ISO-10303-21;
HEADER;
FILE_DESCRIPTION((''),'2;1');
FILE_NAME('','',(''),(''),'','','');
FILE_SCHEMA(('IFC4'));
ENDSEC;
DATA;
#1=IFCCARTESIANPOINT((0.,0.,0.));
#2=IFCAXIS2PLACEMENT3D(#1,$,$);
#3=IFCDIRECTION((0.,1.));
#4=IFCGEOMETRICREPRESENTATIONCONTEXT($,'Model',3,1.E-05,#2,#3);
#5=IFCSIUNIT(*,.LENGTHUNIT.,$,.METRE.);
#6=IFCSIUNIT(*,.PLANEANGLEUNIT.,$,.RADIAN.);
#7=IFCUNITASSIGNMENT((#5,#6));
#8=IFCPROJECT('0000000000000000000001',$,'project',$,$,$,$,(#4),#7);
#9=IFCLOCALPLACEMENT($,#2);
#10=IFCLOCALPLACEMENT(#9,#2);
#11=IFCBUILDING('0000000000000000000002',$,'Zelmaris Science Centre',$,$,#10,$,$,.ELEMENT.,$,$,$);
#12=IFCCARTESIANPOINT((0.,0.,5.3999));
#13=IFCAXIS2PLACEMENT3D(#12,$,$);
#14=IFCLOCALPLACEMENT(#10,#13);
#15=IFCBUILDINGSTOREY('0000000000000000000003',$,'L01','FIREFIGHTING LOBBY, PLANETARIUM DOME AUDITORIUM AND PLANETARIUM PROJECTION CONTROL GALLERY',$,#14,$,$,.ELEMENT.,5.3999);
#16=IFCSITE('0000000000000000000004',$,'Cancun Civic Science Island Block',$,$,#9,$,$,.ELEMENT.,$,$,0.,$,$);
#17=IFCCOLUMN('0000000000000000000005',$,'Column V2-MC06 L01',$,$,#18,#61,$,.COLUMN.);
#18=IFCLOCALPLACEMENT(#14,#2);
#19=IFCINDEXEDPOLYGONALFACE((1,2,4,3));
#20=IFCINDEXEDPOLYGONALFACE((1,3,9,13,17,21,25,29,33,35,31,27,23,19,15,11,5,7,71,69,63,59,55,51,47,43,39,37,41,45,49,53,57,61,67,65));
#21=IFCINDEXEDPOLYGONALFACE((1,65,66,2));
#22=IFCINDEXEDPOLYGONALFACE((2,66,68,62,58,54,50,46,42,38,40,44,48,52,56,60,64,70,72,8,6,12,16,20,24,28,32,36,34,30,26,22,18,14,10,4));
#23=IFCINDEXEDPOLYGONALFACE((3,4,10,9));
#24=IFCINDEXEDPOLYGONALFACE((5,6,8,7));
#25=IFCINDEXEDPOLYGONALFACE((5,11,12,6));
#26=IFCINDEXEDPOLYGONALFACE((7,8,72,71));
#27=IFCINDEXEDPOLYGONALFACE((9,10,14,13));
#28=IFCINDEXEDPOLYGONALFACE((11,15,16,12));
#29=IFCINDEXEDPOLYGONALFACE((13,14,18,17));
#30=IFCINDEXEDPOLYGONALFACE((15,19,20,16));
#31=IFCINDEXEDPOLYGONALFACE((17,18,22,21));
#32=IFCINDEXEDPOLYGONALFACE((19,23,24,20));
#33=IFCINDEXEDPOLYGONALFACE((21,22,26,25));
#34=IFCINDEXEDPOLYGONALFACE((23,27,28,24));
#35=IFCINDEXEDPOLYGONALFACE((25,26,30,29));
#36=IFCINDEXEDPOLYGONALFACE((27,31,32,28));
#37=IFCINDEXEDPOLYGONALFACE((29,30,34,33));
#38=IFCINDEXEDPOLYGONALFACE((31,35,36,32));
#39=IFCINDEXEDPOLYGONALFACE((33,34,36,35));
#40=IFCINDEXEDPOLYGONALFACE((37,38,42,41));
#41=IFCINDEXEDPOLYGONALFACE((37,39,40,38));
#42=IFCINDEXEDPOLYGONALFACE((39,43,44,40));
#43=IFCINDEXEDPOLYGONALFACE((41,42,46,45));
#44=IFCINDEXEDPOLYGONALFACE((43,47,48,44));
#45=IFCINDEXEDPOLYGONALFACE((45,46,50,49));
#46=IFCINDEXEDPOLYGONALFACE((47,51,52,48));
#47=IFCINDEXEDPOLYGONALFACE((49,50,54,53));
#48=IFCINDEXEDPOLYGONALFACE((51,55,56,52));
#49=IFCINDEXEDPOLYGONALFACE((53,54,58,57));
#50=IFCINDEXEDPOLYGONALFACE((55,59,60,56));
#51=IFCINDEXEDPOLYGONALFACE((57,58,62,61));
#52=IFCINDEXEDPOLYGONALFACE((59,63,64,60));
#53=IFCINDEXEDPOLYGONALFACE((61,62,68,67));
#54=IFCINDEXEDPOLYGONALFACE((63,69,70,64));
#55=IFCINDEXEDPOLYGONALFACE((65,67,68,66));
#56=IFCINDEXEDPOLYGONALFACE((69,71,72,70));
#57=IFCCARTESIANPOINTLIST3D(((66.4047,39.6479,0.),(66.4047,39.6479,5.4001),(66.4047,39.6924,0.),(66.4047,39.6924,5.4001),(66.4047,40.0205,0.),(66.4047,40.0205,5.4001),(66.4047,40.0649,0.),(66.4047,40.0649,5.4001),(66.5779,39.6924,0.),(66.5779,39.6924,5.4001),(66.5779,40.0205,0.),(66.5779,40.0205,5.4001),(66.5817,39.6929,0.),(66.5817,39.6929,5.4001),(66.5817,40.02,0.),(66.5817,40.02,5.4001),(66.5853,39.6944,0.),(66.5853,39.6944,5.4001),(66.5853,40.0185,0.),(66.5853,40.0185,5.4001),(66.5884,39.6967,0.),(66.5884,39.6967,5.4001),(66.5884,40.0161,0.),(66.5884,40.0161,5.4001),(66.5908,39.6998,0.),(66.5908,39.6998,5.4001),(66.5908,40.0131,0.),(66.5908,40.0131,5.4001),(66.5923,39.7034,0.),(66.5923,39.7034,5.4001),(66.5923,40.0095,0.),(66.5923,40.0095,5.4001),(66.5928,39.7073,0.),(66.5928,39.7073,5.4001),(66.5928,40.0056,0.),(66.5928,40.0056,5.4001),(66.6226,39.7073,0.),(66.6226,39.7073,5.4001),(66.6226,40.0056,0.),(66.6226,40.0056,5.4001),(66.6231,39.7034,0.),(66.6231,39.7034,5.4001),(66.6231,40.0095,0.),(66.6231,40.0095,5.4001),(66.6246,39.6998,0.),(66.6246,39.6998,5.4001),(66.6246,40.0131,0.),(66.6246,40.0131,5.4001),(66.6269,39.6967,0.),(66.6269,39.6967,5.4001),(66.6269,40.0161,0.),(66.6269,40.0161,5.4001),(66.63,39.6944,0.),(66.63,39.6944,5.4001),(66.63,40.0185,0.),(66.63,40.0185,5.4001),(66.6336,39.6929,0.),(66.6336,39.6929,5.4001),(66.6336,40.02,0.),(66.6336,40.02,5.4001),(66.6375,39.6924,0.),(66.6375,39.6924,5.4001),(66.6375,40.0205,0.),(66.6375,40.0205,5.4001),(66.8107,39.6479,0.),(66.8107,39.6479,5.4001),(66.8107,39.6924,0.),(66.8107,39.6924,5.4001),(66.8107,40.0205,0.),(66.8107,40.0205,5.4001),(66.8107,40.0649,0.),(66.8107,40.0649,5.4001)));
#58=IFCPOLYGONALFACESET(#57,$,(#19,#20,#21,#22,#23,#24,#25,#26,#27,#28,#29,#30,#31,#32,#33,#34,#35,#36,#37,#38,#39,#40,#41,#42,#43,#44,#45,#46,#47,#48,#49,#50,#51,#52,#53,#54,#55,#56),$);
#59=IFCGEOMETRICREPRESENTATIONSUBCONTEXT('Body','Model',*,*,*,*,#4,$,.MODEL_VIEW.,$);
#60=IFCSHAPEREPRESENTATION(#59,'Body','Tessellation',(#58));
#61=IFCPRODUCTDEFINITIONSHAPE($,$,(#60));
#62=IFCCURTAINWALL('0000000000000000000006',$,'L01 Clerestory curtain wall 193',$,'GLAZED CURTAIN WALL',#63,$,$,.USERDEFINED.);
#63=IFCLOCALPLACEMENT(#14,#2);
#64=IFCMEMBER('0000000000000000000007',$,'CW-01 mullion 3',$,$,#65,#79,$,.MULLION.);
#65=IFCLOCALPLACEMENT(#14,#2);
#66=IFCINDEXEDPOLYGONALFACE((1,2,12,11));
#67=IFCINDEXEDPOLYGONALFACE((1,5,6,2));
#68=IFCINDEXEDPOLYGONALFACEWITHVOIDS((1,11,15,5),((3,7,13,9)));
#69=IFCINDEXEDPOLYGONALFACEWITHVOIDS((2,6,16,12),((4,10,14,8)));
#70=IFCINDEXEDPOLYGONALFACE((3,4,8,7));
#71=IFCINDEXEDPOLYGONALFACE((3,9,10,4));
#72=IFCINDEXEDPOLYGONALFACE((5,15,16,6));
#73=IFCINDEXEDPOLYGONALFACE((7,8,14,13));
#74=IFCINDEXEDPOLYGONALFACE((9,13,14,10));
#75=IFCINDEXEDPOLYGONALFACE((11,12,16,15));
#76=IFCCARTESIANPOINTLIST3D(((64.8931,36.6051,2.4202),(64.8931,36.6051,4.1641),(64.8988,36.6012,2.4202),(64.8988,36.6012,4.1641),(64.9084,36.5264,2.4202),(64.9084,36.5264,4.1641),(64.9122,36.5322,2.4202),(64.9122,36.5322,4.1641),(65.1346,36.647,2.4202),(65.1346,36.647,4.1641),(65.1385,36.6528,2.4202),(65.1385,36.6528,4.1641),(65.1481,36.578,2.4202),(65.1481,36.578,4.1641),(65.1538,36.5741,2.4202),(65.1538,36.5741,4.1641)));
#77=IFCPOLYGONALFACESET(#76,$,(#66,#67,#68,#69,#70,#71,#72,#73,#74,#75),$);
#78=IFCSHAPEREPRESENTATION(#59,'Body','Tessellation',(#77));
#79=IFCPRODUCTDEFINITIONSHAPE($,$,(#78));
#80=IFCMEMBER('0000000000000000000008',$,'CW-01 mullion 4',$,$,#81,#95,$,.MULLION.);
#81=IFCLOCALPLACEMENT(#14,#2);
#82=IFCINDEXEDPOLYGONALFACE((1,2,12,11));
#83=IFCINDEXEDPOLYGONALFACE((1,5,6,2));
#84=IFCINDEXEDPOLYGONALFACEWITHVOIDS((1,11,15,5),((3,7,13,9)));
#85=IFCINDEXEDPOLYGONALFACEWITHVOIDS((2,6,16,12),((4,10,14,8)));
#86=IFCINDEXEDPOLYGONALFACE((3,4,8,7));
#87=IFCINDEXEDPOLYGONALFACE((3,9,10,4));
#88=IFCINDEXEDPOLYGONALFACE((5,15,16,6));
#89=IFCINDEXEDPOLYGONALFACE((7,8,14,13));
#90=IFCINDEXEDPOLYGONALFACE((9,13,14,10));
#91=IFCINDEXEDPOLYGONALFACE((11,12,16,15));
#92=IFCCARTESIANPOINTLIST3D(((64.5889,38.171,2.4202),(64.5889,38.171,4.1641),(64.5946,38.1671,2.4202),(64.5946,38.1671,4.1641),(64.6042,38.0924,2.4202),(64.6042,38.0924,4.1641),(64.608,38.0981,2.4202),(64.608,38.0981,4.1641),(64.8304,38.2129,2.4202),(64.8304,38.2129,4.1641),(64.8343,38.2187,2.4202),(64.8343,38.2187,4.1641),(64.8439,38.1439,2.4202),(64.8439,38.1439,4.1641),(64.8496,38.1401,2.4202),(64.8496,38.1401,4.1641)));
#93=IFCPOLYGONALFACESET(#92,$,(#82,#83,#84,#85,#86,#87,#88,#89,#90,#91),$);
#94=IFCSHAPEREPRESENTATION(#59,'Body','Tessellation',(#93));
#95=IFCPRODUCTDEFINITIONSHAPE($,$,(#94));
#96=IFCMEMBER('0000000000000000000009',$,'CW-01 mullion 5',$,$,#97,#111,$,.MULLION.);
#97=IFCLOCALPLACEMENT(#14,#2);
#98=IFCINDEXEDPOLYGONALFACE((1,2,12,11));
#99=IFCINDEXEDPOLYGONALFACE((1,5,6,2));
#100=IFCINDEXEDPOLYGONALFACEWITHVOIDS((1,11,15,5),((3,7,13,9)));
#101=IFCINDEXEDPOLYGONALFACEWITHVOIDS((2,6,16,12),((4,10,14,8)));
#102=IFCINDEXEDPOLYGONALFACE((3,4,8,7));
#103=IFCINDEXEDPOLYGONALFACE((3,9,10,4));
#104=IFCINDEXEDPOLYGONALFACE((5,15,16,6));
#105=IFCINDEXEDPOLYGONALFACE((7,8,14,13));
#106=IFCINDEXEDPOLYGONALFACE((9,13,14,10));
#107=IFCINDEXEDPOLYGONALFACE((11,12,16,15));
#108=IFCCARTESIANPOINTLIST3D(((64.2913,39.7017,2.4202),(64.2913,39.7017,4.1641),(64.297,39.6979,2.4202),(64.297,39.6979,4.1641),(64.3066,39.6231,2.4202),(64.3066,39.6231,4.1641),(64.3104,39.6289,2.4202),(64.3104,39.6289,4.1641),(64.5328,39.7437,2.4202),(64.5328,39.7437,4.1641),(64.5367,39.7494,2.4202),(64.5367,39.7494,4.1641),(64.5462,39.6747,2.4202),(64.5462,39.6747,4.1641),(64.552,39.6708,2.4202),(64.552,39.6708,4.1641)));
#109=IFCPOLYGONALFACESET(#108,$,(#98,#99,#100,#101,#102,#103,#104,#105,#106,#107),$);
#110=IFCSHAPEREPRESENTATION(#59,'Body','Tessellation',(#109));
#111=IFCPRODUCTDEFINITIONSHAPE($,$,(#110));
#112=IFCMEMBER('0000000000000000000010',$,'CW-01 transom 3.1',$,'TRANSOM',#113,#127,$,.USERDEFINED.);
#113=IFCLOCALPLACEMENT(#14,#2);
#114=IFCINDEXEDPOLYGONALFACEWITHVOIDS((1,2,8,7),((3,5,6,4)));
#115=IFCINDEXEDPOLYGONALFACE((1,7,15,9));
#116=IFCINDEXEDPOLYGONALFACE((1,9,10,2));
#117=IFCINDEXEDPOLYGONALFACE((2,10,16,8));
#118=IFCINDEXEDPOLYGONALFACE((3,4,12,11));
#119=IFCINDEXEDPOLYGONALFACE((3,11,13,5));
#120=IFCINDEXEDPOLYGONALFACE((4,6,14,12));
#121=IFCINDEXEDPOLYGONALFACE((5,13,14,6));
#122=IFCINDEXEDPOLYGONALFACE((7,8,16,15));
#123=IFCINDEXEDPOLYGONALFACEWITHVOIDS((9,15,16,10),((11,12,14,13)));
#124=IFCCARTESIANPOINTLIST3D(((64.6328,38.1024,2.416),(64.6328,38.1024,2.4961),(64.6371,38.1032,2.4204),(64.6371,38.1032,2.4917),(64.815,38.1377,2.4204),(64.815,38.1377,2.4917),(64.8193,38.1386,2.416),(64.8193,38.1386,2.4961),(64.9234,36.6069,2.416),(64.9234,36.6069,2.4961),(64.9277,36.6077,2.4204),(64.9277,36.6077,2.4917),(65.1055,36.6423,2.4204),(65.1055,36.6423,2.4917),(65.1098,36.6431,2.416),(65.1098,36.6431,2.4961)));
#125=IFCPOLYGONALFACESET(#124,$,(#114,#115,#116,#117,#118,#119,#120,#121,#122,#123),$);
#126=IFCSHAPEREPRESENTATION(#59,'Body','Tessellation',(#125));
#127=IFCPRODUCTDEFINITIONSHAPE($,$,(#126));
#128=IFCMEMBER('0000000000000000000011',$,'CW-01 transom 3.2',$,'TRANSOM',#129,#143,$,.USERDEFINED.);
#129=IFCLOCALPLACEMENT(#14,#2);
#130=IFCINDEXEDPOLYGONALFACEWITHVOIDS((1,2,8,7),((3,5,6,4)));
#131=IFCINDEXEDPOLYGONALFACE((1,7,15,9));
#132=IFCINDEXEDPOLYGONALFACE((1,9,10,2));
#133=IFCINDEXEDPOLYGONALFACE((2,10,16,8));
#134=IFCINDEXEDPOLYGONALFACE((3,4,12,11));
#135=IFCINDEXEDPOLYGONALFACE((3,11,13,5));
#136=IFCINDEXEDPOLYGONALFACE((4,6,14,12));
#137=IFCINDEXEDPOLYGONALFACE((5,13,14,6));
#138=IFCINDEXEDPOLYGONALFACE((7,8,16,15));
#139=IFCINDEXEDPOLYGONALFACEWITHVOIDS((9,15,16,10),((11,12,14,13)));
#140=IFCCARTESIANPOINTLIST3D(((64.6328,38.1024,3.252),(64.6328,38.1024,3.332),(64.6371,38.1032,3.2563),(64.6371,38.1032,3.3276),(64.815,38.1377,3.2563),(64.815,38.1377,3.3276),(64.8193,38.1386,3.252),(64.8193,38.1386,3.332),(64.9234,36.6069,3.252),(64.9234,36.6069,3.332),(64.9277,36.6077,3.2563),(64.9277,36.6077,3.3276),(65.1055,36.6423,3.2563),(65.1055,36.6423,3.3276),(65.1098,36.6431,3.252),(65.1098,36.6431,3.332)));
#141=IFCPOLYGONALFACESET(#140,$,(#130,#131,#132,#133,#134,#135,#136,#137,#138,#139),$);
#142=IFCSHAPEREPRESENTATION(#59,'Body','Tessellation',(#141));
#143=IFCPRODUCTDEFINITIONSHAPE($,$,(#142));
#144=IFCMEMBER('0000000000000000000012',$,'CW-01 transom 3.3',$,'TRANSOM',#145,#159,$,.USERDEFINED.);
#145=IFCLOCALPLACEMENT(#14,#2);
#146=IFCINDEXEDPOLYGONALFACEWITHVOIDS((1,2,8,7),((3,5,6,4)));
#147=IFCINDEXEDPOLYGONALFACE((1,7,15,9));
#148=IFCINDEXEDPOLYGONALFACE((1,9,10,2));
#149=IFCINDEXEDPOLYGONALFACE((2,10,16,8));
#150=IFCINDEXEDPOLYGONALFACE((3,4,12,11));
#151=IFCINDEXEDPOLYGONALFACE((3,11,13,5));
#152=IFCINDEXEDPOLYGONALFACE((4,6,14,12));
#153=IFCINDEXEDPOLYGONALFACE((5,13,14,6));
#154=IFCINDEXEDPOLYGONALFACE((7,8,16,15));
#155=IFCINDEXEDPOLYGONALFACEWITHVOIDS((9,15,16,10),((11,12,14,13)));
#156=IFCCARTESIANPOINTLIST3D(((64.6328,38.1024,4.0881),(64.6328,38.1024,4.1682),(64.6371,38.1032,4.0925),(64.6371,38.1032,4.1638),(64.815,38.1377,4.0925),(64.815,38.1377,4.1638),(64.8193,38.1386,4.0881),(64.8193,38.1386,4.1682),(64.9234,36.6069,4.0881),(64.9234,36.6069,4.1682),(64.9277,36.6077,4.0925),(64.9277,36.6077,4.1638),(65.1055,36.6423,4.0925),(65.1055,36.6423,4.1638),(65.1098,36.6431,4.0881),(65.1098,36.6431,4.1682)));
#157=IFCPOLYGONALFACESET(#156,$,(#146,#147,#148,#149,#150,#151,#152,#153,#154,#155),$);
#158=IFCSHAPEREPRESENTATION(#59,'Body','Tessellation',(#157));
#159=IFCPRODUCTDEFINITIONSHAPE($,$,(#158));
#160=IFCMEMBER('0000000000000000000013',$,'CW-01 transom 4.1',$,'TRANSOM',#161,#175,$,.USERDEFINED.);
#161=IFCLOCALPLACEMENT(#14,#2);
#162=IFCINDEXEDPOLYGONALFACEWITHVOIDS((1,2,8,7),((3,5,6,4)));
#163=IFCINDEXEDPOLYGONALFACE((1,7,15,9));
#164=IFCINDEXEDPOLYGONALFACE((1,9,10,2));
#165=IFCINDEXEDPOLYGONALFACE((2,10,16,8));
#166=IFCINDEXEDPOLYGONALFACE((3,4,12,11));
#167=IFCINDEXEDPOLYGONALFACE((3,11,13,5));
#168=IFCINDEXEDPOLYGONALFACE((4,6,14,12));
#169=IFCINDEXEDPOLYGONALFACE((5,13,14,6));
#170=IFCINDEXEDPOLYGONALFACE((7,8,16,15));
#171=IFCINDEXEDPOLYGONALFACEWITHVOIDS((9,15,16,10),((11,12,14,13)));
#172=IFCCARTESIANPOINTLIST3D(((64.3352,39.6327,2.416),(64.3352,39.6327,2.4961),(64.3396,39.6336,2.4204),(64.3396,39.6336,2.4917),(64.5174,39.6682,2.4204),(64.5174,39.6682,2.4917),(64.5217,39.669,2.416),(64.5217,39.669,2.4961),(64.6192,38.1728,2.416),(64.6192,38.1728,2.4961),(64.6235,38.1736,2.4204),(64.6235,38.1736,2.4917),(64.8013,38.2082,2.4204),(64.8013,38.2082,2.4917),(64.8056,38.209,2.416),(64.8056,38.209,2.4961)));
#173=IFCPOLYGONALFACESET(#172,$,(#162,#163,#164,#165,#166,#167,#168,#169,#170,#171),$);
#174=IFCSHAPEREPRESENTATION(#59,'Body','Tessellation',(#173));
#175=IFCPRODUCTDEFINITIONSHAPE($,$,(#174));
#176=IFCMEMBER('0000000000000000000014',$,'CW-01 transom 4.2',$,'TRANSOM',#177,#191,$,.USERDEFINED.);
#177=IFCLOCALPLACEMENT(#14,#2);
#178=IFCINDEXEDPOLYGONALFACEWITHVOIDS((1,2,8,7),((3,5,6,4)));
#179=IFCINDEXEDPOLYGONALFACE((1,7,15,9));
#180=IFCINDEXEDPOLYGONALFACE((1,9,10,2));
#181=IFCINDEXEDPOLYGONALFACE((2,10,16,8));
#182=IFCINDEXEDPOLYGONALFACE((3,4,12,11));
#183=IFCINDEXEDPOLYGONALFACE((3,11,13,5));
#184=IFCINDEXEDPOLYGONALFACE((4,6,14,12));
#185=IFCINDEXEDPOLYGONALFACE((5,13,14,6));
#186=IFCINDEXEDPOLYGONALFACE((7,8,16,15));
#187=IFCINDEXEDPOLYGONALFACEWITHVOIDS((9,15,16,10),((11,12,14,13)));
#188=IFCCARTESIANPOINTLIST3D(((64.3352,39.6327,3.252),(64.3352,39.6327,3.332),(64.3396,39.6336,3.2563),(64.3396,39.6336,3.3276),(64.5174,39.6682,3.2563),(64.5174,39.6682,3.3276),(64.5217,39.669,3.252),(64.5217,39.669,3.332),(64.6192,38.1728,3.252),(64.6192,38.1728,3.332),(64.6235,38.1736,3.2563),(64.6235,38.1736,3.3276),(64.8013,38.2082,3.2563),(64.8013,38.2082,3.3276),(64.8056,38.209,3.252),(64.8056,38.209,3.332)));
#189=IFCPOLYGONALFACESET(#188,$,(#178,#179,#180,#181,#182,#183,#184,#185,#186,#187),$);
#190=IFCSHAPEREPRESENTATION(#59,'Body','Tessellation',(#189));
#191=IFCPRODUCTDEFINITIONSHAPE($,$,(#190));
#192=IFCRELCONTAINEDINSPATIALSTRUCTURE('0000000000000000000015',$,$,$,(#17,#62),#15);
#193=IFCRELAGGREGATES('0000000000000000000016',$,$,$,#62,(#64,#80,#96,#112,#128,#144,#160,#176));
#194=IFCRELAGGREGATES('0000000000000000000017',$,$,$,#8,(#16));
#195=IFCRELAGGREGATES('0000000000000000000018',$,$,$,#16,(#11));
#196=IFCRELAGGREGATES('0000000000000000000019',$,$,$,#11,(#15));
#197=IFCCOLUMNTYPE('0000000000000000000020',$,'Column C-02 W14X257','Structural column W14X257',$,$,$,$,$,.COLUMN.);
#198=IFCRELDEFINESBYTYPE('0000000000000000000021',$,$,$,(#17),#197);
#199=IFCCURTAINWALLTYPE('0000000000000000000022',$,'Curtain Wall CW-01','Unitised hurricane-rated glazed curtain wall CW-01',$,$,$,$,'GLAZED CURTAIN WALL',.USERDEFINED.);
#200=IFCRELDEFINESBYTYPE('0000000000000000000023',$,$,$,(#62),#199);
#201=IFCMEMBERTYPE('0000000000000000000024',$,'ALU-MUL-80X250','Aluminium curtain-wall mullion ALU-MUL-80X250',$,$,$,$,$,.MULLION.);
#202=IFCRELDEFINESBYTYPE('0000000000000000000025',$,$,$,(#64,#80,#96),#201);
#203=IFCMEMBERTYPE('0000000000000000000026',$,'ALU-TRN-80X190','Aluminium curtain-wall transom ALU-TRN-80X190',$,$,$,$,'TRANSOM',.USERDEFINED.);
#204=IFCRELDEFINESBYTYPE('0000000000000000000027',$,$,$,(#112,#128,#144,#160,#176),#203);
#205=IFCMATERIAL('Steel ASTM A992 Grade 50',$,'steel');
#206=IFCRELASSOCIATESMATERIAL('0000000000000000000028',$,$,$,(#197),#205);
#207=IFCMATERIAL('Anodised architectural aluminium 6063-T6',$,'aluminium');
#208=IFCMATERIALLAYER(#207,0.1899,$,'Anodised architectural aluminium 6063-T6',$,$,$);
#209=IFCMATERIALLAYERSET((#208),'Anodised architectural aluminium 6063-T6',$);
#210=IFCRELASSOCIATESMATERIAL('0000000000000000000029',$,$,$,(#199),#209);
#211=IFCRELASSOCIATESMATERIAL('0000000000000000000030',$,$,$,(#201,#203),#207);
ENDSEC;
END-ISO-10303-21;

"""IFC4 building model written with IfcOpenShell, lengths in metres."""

from ifc_helpers import new_model, si_unit, direction, frame, origin, origin_2d, place, context, subcontext, project, spatial, hollow_rectangle, i_section, extrude, material, layer, layer_set, material_profile, profile_set, type_object, element, aggregate, save


model = new_model("IFC4")

# Units and contexts
model_context = context("Model", 3, precision=1e-05, world=origin(), true_north=direction((0.0, 1.0)))
body_context = subcontext(model_context, "Body", "Model", "MODEL_VIEW")
ifc_project = project(units=[si_unit("LENGTHUNIT", "METRE"), si_unit("PLANEANGLEUNIT", "RADIAN")], contexts=[model_context])

# Site, building, storey
site_placement = place(None, origin())
site = spatial("IfcSite", under=ifc_project, at=site_placement, Name="Cancun Civic Science Island Block", CompositionType="ELEMENT", RefElevation=0.0)
building_placement = place(site_placement, origin())
building = spatial("IfcBuilding", under=site, at=building_placement, Name="Zelmaris Science Centre", CompositionType="ELEMENT")
storey_placement = place(building_placement, frame((0.0, 0.0, 5.3999)))
storey = spatial("IfcBuildingStorey", under=building, at=storey_placement, Name="L01", Description="FIREFIGHTING LOBBY, PLANETARIUM DOME AUDITORIUM AND PLANETARIUM PROJECTION CONTROL GALLERY", CompositionType="ELEMENT", Elevation=5.3999)

# Column
ifc_material_1 = material(Name="Steel ASTM A992 Grade 50", Category="steel")
ifc_material_profile_1 = material_profile(ifc_material_1, i_section(OverallWidth=0.406, OverallDepth=0.417, WebThickness=0.0298, FlangeThickness=0.0444, FilletRadius=0.0149, at=origin_2d()), Name="W14X257")
ifc_profile_set_1 = profile_set([ifc_material_profile_1], Name="Steel ASTM A992 Grade 50")
column_type = type_object("IfcColumnType", Name="Column C-02 W14X257", Description="Structural column W14X257", PredefinedType="COLUMN", material=ifc_profile_set_1)
column_placement = place(storey_placement, frame((66.6077, 39.8564, 0.0), z_axis=(0.0, 0.0, 1.0), x_axis=(1.0, 0.0, 0.0)))
element("IfcColumn", 1, at=column_placement, inside=storey, type_object=column_type, Name="Column V2-MC06 L01", PredefinedType="COLUMN", context=body_context, shape_type="SweptSolid", body=[
    extrude(i_section(OverallWidth=0.406, OverallDepth=0.417, WebThickness=0.0298, FlangeThickness=0.0444, FilletRadius=0.0149, at=origin_2d()), origin(), (0.0, 0.0, 1.0), 5.4001),
])

# Curtain wall, members
ifc_material_2 = material(Name="Anodised architectural aluminium 6063-T6", Category="aluminium")
ifc_layer_1 = layer(ifc_material_2, 0.1899, Name="Anodised architectural aluminium 6063-T6")
ifc_layer_set_1 = layer_set([ifc_layer_1], Name="Anodised architectural aluminium 6063-T6")
curtain_wall_type = type_object("IfcCurtainWallType", Name="Curtain Wall CW-01", Description="Unitised hurricane-rated glazed curtain wall CW-01", ElementType="GLAZED CURTAIN WALL", PredefinedType="USERDEFINED", material=ifc_layer_set_1)
curtain_wall_placement = place(storey_placement, origin())
curtain_wall = element("IfcCurtainWall", 2, at=curtain_wall_placement, inside=storey, type_object=curtain_wall_type, Name="L01 Clerestory curtain wall 193", ObjectType="GLAZED CURTAIN WALL", PredefinedType="USERDEFINED")
ifc_material_profile_2 = material_profile(ifc_material_2, hollow_rectangle(XDim=0.0801, YDim=0.25, WallThickness=0.0049, at=origin_2d()), Name="ALU-MUL-80X250")
ifc_profile_set_2 = profile_set([ifc_material_profile_2], Name="Anodised architectural aluminium 6063-T6")
member_type_1 = type_object("IfcMemberType", Name="ALU-MUL-80X250", Description="Aluminium curtain-wall mullion ALU-MUL-80X250", PredefinedType="MULLION", material=ifc_profile_set_2)
member_1_placement = place(storey_placement, frame((65.0234, 36.5896, 2.4202), z_axis=(0.0, 0.0, 1.0), x_axis=(-0.190802, 0.981629, 0.0)))
member_1 = element("IfcMember", 3, at=member_1_placement, type_object=member_type_1, Name="CW-01 mullion 3", PredefinedType="MULLION", context=body_context, shape_type="SweptSolid", body=[
    extrude(hollow_rectangle(XDim=0.0801, YDim=0.25, WallThickness=0.0049, at=origin_2d()), origin(), (0.0, 0.0, 1.0), 1.7439),
])
member_2_placement = place(storey_placement, frame((64.7192, 38.1555, 2.4202), z_axis=(0.0, 0.0, 1.0), x_axis=(-0.190802, 0.981629, 0.0)))
member_2 = element("IfcMember", 4, at=member_2_placement, type_object=member_type_1, Name="CW-01 mullion 4", PredefinedType="MULLION", context=body_context, shape_type="SweptSolid", body=[
    extrude(hollow_rectangle(XDim=0.0801, YDim=0.25, WallThickness=0.0049, at=origin_2d()), origin(), (0.0, 0.0, 1.0), 1.7439),
])
member_3_placement = place(storey_placement, frame((64.4216, 39.6863, 2.4202), z_axis=(0.0, 0.0, 1.0), x_axis=(-0.190802, 0.981629, 0.0)))
member_3 = element("IfcMember", 5, at=member_3_placement, type_object=member_type_1, Name="CW-01 mullion 5", PredefinedType="MULLION", context=body_context, shape_type="SweptSolid", body=[
    extrude(hollow_rectangle(XDim=0.0801, YDim=0.25, WallThickness=0.0049, at=origin_2d()), origin(), (0.0, 0.0, 1.0), 1.7439),
])
ifc_material_profile_3 = material_profile(ifc_material_2, hollow_rectangle(XDim=0.0801, YDim=0.1899, WallThickness=0.0044, at=origin_2d()), Name="ALU-TRN-80X190")
ifc_profile_set_3 = profile_set([ifc_material_profile_3], Name="Anodised architectural aluminium 6063-T6")
member_type_2 = type_object("IfcMemberType", Name="ALU-TRN-80X190", Description="Aluminium curtain-wall transom ALU-TRN-80X190", ElementType="TRANSOM", PredefinedType="USERDEFINED", material=ifc_profile_set_3)
member_4_placement = place(storey_placement, frame((65.0166, 36.625, 2.4561), z_axis=(-0.19072, 0.981645, 0.0), x_axis=(0.0, 0.0, 1.0)))
member_4 = element("IfcMember", 6, at=member_4_placement, type_object=member_type_2, Name="CW-01 transom 3.1", ObjectType="TRANSOM", PredefinedType="USERDEFINED", context=body_context, shape_type="SweptSolid", body=[
    extrude(hollow_rectangle(XDim=0.0801, YDim=0.1899, WallThickness=0.0044, at=origin_2d()), origin(), (0.0, 0.0, 1.0), 1.5234),
])
member_5_placement = place(storey_placement, frame((65.0166, 36.625, 3.292), z_axis=(-0.19072, 0.981645, 0.0), x_axis=(0.0, 0.0, 1.0)))
member_5 = element("IfcMember", 7, at=member_5_placement, type_object=member_type_2, Name="CW-01 transom 3.2", ObjectType="TRANSOM", PredefinedType="USERDEFINED", context=body_context, shape_type="SweptSolid", body=[
    extrude(hollow_rectangle(XDim=0.0801, YDim=0.1899, WallThickness=0.0044, at=origin_2d()), origin(), (0.0, 0.0, 1.0), 1.5234),
])
member_6_placement = place(storey_placement, frame((65.0166, 36.625, 4.1282), z_axis=(-0.19072, 0.981645, 0.0), x_axis=(0.0, 0.0, 1.0)))
member_6 = element("IfcMember", 8, at=member_6_placement, type_object=member_type_2, Name="CW-01 transom 3.3", ObjectType="TRANSOM", PredefinedType="USERDEFINED", context=body_context, shape_type="SweptSolid", body=[
    extrude(hollow_rectangle(XDim=0.0801, YDim=0.1899, WallThickness=0.0044, at=origin_2d()), origin(), (0.0, 0.0, 1.0), 1.5234),
])
member_7_placement = place(storey_placement, frame((64.7124, 38.1909, 2.4561), z_axis=(-0.190905, 0.981609, 0.0), x_axis=(0.0, 0.0, 1.0)))
member_7 = element("IfcMember", 9, at=member_7_placement, type_object=member_type_2, Name="CW-01 transom 4.1", ObjectType="TRANSOM", PredefinedType="USERDEFINED", context=body_context, shape_type="SweptSolid", body=[
    extrude(hollow_rectangle(XDim=0.0801, YDim=0.1899, WallThickness=0.0044, at=origin_2d()), origin(), (0.0, 0.0, 1.0), 1.4873),
])
member_8_placement = place(storey_placement, frame((64.7124, 38.1909, 3.292), z_axis=(-0.190905, 0.981609, 0.0), x_axis=(0.0, 0.0, 1.0)))
member_8 = element("IfcMember", 10, at=member_8_placement, type_object=member_type_2, Name="CW-01 transom 4.2", ObjectType="TRANSOM", PredefinedType="USERDEFINED", context=body_context, shape_type="SweptSolid", body=[
    extrude(hollow_rectangle(XDim=0.0801, YDim=0.1899, WallThickness=0.0044, at=origin_2d()), origin(), (0.0, 0.0, 1.0), 1.4873),
])

aggregate(curtain_wall, [member_1, member_2, member_3, member_4, member_5, member_6, member_7, member_8])

save(model, "model.ifc")
